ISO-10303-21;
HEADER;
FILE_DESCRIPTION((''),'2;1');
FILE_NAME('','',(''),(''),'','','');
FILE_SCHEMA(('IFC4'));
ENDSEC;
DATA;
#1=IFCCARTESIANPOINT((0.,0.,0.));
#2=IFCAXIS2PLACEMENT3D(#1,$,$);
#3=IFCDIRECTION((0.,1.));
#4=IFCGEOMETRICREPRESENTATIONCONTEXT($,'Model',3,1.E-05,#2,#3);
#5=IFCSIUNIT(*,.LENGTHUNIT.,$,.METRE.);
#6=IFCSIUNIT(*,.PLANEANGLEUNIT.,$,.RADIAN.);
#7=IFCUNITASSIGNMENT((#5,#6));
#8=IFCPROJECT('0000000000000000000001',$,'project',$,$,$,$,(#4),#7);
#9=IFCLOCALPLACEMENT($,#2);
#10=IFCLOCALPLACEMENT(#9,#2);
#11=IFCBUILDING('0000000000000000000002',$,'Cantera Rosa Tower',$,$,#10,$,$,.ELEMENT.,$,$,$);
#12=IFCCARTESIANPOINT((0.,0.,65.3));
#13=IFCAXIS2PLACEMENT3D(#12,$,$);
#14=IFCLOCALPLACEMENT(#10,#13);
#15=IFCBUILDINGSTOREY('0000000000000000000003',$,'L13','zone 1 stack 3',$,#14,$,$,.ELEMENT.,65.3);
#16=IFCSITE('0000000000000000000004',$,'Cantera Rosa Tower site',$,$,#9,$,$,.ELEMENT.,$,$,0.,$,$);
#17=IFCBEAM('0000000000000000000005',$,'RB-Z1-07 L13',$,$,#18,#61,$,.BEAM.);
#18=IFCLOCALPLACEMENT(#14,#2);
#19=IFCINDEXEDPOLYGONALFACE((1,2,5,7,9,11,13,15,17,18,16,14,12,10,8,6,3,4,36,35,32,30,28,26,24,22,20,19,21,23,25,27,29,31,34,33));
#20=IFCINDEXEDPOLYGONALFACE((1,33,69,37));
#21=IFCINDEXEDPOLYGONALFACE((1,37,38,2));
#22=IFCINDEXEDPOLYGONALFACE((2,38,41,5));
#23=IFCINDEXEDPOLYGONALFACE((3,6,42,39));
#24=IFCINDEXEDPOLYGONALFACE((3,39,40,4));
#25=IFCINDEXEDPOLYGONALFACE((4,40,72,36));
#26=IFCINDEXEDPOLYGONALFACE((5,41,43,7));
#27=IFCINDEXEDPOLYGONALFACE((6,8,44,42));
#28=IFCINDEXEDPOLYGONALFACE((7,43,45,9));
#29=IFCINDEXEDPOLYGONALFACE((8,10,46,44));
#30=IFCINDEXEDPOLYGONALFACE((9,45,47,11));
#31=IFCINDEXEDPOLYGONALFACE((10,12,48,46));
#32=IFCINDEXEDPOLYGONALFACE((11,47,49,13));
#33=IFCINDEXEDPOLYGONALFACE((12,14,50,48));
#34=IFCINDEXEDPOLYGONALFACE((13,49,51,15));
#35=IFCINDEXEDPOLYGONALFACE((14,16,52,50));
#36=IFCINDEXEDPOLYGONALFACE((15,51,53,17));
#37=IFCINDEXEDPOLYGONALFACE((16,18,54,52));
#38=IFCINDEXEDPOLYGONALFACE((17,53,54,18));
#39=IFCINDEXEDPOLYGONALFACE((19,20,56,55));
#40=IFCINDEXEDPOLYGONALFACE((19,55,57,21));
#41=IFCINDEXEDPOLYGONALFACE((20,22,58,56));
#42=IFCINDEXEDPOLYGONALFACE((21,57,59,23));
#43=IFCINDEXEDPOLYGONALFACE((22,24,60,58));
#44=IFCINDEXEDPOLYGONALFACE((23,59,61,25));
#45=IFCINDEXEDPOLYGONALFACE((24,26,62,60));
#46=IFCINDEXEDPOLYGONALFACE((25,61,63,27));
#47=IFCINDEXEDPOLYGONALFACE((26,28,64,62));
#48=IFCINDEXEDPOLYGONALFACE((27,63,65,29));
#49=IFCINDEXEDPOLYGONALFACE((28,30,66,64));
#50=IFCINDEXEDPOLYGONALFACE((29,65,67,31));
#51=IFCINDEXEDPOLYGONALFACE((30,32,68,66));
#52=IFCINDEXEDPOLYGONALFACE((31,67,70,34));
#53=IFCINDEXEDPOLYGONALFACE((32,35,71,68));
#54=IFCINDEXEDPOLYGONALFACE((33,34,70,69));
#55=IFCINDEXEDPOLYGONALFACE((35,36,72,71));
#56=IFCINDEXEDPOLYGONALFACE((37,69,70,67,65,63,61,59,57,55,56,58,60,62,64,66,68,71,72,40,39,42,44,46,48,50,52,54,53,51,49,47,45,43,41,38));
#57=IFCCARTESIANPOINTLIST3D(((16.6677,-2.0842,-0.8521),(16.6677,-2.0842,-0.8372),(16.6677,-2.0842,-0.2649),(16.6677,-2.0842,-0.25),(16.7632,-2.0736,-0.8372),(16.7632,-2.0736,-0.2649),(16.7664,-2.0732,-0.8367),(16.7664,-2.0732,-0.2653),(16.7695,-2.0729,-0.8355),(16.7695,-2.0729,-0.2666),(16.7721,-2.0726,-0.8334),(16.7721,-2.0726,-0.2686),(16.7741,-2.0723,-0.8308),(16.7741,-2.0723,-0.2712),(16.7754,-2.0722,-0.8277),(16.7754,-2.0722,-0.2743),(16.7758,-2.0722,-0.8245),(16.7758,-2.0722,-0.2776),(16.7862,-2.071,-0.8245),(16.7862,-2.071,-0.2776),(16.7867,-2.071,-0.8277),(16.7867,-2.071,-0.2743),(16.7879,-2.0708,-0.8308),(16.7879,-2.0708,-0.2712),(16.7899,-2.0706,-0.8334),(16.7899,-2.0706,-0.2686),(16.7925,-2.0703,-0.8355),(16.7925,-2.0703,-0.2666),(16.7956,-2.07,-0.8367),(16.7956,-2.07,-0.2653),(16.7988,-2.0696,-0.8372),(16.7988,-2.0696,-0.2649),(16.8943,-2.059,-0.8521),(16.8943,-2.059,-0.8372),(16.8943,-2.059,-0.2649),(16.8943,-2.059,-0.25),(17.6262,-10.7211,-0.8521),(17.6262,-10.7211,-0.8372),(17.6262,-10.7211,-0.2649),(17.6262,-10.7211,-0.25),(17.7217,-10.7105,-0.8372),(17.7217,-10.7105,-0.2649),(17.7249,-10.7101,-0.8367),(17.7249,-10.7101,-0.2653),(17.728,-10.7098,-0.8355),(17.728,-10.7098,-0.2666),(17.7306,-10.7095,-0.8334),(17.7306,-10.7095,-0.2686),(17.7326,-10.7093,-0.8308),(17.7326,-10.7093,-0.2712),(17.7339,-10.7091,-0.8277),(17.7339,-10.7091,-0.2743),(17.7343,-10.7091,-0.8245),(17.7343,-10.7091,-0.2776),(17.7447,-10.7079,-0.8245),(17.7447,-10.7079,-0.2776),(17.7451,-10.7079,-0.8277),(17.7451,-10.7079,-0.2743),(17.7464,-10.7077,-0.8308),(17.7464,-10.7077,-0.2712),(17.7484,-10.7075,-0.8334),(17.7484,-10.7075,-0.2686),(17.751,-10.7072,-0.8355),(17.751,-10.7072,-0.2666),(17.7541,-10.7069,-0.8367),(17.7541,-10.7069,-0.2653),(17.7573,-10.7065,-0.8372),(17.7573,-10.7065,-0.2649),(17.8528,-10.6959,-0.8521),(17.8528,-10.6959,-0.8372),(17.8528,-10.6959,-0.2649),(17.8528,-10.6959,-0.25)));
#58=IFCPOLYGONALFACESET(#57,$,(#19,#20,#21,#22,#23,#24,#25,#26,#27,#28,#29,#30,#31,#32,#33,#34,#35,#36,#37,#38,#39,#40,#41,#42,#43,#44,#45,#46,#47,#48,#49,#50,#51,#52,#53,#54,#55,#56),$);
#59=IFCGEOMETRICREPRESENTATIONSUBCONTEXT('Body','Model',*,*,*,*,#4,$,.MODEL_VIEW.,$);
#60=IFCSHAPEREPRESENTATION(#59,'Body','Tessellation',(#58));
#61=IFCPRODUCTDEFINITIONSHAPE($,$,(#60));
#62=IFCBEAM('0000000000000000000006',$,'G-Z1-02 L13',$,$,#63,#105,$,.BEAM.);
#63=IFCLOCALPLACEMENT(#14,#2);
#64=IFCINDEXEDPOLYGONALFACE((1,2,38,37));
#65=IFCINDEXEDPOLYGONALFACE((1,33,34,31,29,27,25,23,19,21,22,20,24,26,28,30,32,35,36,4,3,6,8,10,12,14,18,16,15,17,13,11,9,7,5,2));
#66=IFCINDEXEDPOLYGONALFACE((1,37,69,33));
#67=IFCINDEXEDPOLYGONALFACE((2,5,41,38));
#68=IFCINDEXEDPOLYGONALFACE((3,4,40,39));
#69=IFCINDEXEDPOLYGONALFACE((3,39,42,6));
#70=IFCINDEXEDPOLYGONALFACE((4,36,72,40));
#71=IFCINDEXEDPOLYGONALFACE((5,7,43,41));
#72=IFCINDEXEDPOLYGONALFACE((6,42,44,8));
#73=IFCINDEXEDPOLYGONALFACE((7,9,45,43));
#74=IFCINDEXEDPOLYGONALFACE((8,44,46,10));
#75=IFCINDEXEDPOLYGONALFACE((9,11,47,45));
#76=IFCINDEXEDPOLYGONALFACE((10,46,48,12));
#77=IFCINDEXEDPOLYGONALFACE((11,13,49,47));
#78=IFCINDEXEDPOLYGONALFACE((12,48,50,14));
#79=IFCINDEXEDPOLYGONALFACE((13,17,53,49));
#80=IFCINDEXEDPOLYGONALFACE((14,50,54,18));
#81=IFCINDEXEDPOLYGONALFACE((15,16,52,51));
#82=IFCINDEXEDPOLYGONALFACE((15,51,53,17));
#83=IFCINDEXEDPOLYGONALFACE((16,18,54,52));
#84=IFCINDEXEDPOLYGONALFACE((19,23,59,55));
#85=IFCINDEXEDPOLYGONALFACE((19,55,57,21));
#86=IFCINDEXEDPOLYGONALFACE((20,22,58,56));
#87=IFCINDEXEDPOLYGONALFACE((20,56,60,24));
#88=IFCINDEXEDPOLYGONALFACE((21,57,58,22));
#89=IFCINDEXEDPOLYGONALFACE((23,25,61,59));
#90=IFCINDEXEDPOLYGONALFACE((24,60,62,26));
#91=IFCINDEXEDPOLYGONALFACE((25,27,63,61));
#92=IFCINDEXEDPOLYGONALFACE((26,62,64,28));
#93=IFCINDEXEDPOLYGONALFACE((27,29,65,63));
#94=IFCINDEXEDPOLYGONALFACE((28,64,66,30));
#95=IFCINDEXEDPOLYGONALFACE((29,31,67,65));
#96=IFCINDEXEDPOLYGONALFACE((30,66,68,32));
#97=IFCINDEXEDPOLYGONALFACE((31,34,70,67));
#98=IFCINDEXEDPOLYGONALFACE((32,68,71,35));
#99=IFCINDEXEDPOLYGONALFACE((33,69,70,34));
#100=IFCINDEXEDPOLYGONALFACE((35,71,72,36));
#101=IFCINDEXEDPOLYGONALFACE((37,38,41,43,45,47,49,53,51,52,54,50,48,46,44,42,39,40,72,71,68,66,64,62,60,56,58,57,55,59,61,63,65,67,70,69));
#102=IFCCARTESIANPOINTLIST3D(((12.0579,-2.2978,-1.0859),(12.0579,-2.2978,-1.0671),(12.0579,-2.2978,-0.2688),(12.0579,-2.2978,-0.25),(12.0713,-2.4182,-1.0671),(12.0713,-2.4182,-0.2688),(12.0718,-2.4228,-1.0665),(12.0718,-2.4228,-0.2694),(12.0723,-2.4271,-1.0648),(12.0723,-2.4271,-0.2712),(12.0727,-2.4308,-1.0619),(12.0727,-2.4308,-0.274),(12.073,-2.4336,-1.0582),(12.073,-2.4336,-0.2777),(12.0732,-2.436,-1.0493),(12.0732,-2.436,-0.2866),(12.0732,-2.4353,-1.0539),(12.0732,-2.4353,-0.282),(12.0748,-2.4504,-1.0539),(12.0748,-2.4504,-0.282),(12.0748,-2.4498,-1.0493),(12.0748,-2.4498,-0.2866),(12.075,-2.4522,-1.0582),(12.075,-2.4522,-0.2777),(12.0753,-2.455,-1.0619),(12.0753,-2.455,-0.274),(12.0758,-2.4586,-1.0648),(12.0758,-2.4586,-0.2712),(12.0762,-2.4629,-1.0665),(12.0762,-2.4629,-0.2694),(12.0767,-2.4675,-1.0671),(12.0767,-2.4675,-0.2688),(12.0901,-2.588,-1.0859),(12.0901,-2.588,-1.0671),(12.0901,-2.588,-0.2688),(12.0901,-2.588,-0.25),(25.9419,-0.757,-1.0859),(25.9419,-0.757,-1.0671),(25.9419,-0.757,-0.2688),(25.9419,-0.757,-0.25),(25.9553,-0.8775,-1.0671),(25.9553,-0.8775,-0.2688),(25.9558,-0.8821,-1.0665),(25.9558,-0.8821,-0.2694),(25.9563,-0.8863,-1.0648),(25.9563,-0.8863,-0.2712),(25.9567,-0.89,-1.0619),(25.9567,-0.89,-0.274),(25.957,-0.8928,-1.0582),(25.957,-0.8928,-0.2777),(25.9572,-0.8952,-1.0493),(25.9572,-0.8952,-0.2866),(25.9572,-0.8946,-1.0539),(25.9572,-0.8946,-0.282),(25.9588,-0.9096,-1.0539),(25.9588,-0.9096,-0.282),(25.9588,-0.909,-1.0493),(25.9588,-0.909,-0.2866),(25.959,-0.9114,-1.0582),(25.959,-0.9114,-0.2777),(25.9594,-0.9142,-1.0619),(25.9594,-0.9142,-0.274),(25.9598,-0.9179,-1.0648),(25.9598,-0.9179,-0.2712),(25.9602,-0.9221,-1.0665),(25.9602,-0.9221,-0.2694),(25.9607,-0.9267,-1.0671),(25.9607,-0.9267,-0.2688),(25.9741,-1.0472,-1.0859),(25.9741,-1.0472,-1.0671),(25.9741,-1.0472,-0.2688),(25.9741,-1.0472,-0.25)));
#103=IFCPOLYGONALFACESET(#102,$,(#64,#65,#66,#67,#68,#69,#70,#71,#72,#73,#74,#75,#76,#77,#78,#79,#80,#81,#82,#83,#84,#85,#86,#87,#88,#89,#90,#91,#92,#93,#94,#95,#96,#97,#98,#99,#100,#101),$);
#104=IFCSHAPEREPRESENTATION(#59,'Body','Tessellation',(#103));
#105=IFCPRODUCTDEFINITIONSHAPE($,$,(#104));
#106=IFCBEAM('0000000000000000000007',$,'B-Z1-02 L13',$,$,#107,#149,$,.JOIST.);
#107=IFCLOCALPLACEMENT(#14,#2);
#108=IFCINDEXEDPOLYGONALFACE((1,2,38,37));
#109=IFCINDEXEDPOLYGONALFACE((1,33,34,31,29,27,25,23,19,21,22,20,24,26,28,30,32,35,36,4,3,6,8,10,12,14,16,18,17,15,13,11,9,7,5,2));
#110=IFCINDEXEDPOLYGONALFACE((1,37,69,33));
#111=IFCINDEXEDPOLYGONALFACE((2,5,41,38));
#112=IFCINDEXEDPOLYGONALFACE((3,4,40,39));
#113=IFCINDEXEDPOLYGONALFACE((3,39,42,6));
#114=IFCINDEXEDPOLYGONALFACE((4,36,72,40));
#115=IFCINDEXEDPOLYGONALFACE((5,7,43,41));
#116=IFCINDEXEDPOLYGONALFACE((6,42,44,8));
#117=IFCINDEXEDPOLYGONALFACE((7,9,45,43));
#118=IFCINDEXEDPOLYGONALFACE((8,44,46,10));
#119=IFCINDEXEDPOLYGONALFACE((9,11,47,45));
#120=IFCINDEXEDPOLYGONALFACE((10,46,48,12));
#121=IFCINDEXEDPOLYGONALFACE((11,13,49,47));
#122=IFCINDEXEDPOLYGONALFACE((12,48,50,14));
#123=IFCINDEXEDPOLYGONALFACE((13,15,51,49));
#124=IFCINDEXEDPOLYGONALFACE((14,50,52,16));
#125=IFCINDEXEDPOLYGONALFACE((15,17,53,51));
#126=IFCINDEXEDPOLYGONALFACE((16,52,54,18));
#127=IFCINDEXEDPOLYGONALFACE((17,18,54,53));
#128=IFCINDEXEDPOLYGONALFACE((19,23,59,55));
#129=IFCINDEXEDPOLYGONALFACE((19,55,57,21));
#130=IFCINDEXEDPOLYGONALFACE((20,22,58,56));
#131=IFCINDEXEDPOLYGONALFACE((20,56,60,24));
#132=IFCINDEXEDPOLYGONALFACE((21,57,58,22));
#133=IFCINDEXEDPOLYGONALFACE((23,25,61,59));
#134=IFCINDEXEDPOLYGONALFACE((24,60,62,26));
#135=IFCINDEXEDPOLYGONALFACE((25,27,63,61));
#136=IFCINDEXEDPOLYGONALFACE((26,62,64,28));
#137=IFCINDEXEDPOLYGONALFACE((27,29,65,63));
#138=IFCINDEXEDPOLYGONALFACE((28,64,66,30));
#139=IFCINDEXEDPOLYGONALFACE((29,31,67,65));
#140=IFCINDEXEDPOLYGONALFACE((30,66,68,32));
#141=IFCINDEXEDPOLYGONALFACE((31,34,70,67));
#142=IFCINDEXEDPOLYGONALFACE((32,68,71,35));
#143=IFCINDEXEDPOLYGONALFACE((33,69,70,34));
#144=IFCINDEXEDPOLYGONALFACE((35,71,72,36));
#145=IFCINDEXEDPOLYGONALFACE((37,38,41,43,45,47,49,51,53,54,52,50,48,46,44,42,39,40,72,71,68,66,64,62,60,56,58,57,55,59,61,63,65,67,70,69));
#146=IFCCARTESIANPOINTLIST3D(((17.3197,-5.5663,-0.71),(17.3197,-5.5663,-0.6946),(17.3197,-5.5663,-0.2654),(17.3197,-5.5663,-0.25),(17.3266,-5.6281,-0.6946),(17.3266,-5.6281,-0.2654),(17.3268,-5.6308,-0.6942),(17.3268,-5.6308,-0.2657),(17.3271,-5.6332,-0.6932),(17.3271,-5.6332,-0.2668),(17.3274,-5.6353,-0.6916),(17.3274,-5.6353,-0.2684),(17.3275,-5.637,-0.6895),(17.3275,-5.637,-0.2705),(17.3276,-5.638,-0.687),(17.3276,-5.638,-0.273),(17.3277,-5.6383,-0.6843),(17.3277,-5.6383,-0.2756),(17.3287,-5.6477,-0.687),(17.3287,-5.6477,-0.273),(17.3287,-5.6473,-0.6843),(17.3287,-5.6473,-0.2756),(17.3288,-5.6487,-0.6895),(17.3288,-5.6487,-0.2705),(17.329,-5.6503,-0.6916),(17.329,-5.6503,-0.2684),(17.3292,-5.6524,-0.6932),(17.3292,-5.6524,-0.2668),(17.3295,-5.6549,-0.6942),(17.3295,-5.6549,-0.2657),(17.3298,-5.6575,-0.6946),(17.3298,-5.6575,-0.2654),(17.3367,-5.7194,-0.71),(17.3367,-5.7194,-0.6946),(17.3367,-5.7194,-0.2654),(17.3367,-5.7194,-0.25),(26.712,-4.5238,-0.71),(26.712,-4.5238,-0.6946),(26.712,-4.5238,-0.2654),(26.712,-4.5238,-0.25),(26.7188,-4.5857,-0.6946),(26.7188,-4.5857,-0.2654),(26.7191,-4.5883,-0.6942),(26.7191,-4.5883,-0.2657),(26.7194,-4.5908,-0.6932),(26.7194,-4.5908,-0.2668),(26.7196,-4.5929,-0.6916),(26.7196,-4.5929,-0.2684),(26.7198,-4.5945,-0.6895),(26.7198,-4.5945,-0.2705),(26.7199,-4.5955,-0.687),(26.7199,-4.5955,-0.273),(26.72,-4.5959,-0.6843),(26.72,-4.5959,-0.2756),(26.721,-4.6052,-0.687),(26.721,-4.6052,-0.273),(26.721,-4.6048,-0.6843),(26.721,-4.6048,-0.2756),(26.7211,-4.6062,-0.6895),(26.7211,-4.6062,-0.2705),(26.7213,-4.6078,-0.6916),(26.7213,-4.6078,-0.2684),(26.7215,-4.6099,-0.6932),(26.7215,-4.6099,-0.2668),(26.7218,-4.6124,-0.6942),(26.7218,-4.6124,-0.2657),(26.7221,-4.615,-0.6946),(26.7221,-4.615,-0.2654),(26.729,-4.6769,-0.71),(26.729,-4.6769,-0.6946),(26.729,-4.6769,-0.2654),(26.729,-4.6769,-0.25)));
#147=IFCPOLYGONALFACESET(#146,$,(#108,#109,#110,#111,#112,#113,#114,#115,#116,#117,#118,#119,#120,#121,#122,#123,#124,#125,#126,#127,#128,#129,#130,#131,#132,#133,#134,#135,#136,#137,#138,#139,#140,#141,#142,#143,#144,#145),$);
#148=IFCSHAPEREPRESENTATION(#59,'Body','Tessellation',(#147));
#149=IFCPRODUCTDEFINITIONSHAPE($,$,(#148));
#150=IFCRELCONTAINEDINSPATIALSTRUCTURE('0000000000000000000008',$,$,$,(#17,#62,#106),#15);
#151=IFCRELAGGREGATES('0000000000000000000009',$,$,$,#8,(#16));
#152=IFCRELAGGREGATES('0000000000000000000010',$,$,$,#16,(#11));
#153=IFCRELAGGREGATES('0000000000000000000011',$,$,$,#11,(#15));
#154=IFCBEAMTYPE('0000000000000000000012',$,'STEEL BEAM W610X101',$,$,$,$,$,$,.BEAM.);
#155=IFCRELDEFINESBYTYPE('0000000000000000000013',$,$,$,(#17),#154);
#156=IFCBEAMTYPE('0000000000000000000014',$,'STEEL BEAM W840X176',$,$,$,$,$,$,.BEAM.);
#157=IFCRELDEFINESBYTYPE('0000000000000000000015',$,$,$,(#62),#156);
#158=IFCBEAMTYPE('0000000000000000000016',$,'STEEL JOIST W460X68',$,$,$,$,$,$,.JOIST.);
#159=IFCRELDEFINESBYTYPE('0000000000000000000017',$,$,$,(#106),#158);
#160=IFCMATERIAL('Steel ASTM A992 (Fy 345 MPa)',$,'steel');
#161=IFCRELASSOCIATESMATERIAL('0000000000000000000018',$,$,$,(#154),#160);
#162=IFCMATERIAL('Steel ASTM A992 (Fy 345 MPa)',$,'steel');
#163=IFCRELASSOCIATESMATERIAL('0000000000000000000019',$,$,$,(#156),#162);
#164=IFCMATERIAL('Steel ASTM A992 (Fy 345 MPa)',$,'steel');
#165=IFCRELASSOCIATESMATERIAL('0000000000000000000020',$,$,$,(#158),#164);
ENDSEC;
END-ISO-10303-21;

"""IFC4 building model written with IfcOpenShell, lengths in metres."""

from ifc_helpers import new_model, si_unit, direction, frame, origin, origin_2d, place, context, subcontext, project, spatial, i_section, extrude, material, material_profile, profile_set, type_object, element, save


model = new_model("IFC4")

# Units and contexts
model_context = context("Model", 3, precision=1e-05, world=origin(), true_north=direction((0.0, 1.0)))
body_context = subcontext(model_context, "Body", "Model", "MODEL_VIEW")
ifc_project = project(units=[si_unit("LENGTHUNIT", "METRE"), si_unit("PLANEANGLEUNIT", "RADIAN")], contexts=[model_context])

# Site, building, storey
site_placement = place(None, origin())
site = spatial("IfcSite", under=ifc_project, at=site_placement, Name="Cantera Rosa Tower site", CompositionType="ELEMENT", RefElevation=0.0)
building_placement = place(site_placement, origin())
building = spatial("IfcBuilding", under=site, at=building_placement, Name="Cantera Rosa Tower", CompositionType="ELEMENT")
storey_placement = place(building_placement, frame((0.0, 0.0, 65.3)))
storey = spatial("IfcBuildingStorey", under=building, at=storey_placement, Name="L13", Description="zone 1 stack 3", CompositionType="ELEMENT", Elevation=65.3)

# Beams
ifc_material_1 = material(Name="Steel ASTM A992 (Fy 345 MPa)", Category="steel")
ifc_material_profile_1 = material_profile(ifc_material_1, i_section(OverallWidth=0.228, OverallDepth=0.6021, WebThickness=0.0105, FlangeThickness=0.0149, FilletRadius=0.0127, at=origin_2d()), Name="W610X101")
ifc_profile_set_1 = profile_set([ifc_material_profile_1], Name="Steel ASTM A992 (Fy 345 MPa)")
beam_type_1 = type_object("IfcBeamType", Name="STEEL BEAM W610X101", PredefinedType="BEAM", material=ifc_profile_set_1)
beam_1_placement = place(storey_placement, frame((17.7395, -10.7085, -0.551), z_axis=(-0.110299, 0.993898, 0.0), x_axis=(-0.993898, -0.110299, 0.0)))
element("IfcBeam", 1, at=beam_1_placement, inside=storey, type_object=beam_type_1, Name="RB-Z1-07 L13", PredefinedType="BEAM", context=body_context, shape_type="SweptSolid", body=[
    extrude(i_section(OverallWidth=0.228, OverallDepth=0.6021, WebThickness=0.0105, FlangeThickness=0.0149, FilletRadius=0.0127, at=origin_2d()), origin(), (0.0, 0.0, 1.0), 8.6899),
])
ifc_material_2 = material(Name="Steel ASTM A992 (Fy 345 MPa)", Category="steel")
ifc_material_profile_2 = material_profile(ifc_material_2, i_section(OverallWidth=0.292, OverallDepth=0.8359, WebThickness=0.0139, FlangeThickness=0.0188, FilletRadius=0.0178, at=origin_2d()), Name="W840X176")
ifc_profile_set_2 = profile_set([ifc_material_profile_2], Name="Steel ASTM A992 (Fy 345 MPa)")
beam_type_2 = type_object("IfcBeamType", Name="STEEL BEAM W840X176", PredefinedType="BEAM", material=ifc_profile_set_2)
beam_2_placement = place(storey_placement, frame((25.958, -0.9021, -0.668), z_axis=(-0.993899, -0.110297, 0.0), x_axis=(0.110297, -0.993899, 0.0)))
element("IfcBeam", 2, at=beam_2_placement, inside=storey, type_object=beam_type_2, Name="G-Z1-02 L13", PredefinedType="BEAM", context=body_context, shape_type="SweptSolid", body=[
    extrude(i_section(OverallWidth=0.292, OverallDepth=0.8359, WebThickness=0.0139, FlangeThickness=0.0188, FilletRadius=0.0178, at=origin_2d()), origin(), (0.0, 0.0, 1.0), 13.9692),
])
ifc_material_3 = material(Name="Steel ASTM A992 (Fy 345 MPa)", Category="steel")
ifc_material_profile_3 = material_profile(ifc_material_3, i_section(OverallWidth=0.1541, OverallDepth=0.46, WebThickness=0.009, FlangeThickness=0.0154, FilletRadius=0.0103, at=origin_2d()), Name="W460X68")
ifc_profile_set_3 = profile_set([ifc_material_profile_3], Name="Steel ASTM A992 (Fy 345 MPa)")
beam_type_3 = type_object("IfcBeamType", Name="STEEL JOIST W460X68", PredefinedType="JOIST", material=ifc_profile_set_3)
beam_3_placement = place(storey_placement, frame((26.7205, -4.6003, -0.48), z_axis=(-0.993897, -0.110315, 0.0), x_axis=(0.110315, -0.993897, 0.0)))
element("IfcBeam", 3, at=beam_3_placement, inside=storey, type_object=beam_type_3, Name="B-Z1-02 L13", PredefinedType="JOIST", context=body_context, shape_type="SweptSolid", body=[
    extrude(i_section(OverallWidth=0.1541, OverallDepth=0.46, WebThickness=0.009, FlangeThickness=0.0154, FilletRadius=0.0103, at=origin_2d()), origin(), (0.0, 0.0, 1.0), 9.45),
])

save(model, "model.ifc")
